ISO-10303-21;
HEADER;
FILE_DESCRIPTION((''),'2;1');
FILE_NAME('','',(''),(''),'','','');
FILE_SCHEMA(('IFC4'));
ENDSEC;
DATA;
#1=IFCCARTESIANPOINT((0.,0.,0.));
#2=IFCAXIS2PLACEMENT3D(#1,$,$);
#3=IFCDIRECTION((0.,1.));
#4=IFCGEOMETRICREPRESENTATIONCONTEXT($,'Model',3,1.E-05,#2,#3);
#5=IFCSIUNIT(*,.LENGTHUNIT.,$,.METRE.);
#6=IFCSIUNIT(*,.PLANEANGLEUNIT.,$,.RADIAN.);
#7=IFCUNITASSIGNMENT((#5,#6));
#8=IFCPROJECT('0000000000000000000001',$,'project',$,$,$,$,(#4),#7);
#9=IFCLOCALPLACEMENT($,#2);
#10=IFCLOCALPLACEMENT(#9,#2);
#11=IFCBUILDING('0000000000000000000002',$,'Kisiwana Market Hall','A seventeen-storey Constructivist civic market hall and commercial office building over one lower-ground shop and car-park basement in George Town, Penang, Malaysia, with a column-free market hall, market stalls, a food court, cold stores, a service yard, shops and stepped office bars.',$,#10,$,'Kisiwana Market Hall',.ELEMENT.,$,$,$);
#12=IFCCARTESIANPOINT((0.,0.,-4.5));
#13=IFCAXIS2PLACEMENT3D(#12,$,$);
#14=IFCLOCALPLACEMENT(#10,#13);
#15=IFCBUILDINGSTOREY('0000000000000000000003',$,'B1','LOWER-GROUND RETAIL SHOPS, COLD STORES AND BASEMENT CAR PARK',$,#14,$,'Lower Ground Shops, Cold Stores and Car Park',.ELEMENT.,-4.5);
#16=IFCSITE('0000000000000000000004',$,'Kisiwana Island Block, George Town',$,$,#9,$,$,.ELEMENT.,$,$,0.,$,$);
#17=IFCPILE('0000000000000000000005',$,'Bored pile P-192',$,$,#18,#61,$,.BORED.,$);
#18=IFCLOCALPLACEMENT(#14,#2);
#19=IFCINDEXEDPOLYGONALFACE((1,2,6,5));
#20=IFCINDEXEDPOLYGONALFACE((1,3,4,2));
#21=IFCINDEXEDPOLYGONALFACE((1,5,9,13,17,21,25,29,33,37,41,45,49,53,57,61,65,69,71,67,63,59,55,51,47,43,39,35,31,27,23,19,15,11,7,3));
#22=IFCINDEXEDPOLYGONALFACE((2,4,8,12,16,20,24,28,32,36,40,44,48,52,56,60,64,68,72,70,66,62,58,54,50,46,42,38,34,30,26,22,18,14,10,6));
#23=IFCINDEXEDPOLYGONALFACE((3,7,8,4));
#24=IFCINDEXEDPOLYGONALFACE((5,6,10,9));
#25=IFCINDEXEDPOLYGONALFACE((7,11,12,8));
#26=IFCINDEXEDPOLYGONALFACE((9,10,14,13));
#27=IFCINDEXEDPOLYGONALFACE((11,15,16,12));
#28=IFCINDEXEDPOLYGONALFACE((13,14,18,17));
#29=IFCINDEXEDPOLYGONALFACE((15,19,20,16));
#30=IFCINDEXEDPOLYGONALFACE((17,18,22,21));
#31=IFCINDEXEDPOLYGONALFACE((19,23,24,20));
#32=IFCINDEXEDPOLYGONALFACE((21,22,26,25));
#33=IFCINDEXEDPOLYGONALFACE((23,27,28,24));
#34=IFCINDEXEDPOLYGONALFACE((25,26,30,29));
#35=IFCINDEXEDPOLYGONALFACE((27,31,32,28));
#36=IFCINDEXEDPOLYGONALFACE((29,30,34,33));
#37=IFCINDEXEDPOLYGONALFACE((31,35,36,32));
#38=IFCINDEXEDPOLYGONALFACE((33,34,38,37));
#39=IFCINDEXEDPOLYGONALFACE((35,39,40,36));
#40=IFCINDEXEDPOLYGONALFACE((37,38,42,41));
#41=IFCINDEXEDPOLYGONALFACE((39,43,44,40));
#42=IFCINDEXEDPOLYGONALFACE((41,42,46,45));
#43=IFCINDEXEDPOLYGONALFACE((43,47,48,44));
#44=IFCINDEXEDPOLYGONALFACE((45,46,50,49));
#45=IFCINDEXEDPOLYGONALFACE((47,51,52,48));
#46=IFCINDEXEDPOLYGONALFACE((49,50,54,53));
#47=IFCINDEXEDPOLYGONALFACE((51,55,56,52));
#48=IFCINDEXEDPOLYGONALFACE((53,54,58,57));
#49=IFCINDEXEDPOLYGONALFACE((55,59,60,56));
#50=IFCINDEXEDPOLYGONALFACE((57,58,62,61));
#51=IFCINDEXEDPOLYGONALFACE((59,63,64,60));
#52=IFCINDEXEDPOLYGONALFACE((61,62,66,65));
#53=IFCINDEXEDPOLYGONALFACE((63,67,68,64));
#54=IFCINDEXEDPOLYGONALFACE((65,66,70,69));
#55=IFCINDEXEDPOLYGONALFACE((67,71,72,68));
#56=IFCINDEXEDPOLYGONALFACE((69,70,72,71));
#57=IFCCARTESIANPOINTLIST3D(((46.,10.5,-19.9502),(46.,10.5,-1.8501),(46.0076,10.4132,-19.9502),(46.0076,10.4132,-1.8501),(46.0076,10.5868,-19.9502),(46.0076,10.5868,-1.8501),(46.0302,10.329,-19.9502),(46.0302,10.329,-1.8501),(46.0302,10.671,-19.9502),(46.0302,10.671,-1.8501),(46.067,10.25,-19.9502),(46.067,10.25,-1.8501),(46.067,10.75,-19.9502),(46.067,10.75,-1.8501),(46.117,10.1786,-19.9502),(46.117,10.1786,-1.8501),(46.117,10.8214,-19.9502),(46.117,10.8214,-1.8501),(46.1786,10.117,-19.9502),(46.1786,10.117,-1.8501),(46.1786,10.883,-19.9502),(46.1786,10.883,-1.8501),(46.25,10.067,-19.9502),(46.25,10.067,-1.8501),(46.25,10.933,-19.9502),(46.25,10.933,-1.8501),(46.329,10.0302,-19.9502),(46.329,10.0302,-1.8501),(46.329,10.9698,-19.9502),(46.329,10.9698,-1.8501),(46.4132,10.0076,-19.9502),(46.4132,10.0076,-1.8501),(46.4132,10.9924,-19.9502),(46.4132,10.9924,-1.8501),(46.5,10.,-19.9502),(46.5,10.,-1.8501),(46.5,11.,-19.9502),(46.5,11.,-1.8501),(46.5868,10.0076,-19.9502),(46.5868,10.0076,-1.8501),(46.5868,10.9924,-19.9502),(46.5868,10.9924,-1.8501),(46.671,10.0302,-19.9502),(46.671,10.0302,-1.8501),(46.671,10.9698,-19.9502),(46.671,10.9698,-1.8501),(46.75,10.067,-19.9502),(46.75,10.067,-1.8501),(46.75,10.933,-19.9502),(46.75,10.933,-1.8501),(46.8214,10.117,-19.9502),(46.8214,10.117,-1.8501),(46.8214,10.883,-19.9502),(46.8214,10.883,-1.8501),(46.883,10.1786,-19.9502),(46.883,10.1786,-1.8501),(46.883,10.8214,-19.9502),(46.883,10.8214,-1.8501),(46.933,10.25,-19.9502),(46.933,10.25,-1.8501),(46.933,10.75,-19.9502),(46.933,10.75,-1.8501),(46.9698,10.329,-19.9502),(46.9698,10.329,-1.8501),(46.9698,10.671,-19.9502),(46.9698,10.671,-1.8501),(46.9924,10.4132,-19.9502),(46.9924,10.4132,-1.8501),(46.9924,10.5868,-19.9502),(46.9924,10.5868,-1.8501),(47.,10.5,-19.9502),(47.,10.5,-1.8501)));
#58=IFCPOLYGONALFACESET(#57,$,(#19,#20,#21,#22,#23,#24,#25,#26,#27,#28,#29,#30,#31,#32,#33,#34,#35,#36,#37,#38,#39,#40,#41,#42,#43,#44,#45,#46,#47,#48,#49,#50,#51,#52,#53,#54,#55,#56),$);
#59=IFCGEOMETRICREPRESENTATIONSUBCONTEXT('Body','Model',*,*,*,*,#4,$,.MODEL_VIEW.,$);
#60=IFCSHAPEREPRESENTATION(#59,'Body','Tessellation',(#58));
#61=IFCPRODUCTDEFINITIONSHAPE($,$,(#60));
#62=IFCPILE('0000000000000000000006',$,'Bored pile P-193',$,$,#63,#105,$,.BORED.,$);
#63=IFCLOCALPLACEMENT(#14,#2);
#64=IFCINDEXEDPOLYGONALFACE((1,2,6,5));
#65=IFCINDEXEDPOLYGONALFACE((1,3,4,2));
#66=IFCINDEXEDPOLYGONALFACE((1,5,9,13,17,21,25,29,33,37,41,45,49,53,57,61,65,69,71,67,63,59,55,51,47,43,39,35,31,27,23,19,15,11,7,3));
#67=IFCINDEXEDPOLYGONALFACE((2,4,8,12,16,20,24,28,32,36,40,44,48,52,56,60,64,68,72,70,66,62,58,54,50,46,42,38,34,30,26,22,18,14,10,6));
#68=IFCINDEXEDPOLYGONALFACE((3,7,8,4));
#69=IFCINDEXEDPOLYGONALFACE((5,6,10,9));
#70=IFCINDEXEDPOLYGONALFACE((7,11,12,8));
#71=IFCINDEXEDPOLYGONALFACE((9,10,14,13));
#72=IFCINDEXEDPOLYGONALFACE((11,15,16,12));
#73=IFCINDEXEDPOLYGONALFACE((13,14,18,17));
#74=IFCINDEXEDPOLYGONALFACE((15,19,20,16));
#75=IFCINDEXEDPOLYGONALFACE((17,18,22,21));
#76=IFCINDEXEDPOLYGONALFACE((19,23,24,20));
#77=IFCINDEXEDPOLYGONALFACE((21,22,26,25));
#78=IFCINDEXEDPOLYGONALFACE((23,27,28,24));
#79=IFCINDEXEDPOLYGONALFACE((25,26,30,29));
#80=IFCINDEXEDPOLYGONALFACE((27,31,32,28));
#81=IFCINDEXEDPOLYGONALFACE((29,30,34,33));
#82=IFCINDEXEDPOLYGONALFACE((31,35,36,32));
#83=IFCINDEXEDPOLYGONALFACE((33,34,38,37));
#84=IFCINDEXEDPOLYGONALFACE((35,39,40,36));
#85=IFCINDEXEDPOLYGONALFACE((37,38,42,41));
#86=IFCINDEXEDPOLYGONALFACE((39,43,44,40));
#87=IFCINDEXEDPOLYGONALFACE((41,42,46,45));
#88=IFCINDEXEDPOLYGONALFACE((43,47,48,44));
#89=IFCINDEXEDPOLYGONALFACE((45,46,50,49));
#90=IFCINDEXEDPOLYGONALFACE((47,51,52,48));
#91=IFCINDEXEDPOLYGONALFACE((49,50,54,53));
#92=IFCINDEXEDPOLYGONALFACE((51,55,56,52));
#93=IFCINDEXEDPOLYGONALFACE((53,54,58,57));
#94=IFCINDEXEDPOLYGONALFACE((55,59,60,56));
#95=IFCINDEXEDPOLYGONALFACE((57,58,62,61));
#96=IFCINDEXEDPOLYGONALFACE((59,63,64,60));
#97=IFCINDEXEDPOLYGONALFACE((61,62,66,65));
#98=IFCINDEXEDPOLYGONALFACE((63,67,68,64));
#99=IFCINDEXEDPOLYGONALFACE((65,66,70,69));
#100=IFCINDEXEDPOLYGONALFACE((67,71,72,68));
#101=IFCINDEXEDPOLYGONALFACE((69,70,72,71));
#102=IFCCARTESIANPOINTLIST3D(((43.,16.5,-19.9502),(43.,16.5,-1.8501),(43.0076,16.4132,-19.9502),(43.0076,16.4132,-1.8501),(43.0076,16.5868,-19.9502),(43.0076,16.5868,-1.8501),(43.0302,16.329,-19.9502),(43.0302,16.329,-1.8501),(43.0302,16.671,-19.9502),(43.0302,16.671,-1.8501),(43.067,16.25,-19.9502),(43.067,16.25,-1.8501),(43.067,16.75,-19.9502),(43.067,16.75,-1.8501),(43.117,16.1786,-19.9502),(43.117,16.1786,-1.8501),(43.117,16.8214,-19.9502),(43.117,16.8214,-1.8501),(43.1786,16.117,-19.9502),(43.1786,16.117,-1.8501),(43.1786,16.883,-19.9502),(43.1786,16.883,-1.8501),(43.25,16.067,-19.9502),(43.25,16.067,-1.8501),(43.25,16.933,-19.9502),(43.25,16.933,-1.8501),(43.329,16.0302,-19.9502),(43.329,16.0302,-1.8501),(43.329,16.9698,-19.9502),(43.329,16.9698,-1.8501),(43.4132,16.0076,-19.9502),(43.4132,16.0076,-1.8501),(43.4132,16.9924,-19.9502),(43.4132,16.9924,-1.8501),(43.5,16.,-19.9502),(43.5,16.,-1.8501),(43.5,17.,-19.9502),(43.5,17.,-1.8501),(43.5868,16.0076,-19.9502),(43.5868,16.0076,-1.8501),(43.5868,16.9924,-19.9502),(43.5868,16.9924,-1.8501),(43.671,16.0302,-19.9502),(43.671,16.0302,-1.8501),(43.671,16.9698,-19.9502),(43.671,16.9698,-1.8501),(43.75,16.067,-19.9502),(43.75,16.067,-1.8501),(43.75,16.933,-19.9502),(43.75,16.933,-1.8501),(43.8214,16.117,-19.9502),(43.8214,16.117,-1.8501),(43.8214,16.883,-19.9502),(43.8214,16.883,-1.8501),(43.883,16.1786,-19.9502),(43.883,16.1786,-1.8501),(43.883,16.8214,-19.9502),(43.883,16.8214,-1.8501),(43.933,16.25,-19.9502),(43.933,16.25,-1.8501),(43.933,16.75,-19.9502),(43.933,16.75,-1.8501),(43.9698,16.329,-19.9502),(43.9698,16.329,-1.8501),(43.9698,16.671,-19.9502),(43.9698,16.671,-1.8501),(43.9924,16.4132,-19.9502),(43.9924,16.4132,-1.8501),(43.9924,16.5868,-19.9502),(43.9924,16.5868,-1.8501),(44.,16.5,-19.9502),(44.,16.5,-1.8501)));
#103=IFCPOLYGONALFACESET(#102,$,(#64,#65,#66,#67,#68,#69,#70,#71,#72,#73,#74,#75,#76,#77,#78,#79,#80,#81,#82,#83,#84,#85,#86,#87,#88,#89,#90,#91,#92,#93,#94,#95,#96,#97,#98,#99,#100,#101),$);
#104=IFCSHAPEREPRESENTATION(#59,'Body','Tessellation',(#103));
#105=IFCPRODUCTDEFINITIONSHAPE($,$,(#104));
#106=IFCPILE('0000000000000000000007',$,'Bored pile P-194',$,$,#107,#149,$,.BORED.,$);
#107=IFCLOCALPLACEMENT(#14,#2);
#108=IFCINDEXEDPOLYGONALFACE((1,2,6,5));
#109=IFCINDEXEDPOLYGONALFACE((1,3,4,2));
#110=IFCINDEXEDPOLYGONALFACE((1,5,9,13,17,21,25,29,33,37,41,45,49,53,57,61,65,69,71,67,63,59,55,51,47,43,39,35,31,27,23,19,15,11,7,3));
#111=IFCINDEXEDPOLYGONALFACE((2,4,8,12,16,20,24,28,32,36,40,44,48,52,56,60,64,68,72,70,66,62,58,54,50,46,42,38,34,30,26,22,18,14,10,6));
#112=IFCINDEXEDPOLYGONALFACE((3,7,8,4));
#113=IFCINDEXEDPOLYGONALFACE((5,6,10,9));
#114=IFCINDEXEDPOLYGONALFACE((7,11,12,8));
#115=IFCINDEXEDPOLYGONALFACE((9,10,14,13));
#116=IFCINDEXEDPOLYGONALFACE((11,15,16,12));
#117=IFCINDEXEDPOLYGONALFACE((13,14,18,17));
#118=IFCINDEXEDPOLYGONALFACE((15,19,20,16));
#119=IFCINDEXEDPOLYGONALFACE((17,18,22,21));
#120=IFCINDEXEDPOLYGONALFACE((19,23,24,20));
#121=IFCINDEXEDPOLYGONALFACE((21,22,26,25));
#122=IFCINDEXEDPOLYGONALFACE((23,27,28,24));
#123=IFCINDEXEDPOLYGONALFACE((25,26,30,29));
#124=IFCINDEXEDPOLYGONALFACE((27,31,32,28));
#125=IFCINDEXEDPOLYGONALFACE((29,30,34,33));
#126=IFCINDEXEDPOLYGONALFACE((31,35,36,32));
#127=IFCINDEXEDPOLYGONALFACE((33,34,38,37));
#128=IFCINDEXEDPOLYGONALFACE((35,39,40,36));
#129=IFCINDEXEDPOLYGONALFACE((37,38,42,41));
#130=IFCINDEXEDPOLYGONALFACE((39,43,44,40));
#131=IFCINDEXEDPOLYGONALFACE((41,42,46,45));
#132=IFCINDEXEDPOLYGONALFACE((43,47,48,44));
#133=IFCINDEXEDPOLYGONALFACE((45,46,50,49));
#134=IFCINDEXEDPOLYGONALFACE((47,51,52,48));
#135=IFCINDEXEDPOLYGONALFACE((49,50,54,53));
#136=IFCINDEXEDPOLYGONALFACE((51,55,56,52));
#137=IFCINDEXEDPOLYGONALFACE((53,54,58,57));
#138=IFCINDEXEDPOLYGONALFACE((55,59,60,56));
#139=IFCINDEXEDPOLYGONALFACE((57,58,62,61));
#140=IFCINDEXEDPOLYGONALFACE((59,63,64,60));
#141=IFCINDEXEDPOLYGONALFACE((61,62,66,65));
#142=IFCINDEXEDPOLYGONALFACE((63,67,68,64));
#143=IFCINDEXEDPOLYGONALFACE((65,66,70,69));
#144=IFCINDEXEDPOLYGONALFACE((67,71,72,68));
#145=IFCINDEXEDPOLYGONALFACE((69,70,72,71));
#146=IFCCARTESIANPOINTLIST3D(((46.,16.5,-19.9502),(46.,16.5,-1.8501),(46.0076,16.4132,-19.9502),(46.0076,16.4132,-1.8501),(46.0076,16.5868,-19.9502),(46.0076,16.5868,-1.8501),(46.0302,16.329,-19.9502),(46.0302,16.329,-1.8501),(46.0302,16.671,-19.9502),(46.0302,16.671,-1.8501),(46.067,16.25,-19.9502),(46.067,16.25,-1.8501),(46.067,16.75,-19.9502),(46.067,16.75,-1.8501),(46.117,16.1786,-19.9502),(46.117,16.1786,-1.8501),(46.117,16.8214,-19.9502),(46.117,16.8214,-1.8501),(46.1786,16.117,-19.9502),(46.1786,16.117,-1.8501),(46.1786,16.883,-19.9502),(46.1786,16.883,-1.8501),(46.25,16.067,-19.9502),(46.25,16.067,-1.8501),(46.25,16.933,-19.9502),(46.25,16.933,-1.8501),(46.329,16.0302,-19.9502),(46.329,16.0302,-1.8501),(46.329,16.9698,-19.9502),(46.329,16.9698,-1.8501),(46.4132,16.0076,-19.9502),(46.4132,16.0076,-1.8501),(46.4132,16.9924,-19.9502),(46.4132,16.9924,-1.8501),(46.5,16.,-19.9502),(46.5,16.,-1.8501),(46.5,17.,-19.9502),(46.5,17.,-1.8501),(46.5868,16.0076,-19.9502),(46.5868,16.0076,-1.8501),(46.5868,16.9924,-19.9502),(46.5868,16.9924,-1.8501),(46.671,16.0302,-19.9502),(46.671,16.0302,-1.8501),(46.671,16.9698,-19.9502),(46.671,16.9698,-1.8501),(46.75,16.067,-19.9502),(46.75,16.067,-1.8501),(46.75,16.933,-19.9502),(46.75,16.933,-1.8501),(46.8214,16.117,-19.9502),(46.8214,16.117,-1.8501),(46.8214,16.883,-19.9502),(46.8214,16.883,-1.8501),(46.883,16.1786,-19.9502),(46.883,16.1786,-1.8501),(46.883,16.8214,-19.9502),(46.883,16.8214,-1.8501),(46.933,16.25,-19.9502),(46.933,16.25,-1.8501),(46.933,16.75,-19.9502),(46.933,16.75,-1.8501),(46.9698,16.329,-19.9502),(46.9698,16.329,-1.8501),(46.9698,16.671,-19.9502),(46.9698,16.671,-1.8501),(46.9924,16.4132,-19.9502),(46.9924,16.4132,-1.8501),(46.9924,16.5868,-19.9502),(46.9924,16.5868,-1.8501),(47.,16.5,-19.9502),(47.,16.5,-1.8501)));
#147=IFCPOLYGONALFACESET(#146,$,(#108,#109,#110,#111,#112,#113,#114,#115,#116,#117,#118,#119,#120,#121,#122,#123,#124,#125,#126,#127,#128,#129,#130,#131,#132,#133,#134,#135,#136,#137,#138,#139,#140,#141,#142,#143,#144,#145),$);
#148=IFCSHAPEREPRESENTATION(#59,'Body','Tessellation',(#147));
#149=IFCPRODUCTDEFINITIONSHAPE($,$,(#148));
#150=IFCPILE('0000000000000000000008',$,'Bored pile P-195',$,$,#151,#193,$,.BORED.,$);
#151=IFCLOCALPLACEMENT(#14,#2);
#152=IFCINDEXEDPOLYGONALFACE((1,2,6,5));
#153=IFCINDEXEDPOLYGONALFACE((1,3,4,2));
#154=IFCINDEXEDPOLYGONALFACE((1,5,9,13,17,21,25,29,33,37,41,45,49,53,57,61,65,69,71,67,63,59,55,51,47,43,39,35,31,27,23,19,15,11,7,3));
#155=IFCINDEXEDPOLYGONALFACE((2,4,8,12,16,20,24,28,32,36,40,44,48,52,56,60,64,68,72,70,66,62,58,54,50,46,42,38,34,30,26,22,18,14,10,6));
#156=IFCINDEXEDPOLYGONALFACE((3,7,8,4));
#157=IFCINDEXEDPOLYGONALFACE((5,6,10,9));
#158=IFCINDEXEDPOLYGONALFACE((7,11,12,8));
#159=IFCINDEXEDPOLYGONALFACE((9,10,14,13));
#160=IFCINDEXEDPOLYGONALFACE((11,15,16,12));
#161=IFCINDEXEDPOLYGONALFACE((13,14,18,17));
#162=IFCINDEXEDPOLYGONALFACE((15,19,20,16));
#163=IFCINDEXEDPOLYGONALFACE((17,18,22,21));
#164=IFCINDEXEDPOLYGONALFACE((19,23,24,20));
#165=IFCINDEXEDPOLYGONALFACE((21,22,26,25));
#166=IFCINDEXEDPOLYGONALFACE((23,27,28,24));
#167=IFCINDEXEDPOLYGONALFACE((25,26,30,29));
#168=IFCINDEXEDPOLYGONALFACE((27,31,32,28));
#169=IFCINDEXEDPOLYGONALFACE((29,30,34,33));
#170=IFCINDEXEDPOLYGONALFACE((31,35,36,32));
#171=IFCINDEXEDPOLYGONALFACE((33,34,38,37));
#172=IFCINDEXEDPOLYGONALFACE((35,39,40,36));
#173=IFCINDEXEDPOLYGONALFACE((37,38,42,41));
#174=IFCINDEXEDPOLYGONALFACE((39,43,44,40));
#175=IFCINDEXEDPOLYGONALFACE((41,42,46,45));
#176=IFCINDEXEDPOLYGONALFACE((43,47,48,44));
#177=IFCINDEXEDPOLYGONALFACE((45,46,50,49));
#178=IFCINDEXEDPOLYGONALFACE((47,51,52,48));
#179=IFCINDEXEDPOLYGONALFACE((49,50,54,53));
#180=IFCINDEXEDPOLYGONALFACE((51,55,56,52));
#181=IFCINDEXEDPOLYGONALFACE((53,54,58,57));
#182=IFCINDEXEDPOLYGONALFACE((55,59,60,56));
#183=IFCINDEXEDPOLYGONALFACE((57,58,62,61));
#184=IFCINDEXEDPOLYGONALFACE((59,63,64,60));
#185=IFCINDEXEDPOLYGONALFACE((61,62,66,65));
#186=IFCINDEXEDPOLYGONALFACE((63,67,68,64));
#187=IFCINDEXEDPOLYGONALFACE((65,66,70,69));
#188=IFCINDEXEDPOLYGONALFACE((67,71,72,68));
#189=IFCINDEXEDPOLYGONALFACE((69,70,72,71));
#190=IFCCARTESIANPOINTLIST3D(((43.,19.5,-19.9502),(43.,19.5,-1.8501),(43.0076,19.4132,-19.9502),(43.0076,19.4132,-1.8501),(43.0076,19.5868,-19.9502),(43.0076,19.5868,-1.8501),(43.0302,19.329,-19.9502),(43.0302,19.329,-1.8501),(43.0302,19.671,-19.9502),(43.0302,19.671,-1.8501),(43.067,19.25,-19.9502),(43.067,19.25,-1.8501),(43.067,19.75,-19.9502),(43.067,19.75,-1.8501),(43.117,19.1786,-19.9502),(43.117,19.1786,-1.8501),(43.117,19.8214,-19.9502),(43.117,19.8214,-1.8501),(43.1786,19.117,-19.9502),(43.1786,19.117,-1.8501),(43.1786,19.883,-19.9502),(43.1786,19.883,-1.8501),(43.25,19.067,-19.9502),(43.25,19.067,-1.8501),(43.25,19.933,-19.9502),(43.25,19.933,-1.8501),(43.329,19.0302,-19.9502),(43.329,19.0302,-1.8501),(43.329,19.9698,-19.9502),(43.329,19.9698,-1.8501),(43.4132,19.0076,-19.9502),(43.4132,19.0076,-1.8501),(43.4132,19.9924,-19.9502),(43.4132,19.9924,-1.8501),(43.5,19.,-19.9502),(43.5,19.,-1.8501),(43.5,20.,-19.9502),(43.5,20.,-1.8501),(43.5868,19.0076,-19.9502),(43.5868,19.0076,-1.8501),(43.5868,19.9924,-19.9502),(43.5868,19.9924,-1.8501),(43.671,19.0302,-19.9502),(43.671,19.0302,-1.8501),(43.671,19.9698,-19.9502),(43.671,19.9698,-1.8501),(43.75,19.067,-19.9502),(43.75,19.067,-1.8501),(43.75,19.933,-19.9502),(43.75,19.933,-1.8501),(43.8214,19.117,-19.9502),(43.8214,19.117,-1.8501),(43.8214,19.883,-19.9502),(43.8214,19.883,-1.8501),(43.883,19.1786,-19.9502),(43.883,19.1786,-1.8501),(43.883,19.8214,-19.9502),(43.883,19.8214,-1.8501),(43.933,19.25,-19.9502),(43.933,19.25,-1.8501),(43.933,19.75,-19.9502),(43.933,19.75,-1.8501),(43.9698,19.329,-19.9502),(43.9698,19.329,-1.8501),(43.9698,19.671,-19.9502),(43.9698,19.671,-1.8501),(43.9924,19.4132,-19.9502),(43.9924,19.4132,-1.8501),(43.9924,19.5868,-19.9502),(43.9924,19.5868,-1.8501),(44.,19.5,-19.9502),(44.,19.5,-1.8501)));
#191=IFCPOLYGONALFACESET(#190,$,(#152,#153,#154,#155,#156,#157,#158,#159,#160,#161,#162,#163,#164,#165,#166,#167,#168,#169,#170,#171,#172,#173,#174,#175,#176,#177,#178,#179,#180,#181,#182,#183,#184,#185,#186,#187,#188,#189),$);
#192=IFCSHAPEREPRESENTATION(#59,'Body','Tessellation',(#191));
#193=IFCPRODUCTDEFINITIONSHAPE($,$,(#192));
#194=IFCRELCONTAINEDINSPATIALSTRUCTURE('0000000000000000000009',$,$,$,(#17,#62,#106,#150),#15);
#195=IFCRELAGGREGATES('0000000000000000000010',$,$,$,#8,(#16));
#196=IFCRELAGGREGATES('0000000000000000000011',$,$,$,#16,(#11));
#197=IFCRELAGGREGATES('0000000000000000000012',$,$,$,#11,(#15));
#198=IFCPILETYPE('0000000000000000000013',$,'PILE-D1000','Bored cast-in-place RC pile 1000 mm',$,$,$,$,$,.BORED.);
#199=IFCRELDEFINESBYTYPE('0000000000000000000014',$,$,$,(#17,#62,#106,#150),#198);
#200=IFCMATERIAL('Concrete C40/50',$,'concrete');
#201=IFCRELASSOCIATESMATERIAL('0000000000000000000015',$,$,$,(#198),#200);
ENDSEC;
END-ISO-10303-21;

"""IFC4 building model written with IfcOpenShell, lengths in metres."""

from ifc_helpers import new_model, si_unit, direction, frame, origin, origin_2d, place, context, subcontext, project, spatial, circle, extrude, material, material_profile, profile_set, type_object, element, save


model = new_model("IFC4")

# Units and contexts
model_context = context("Model", 3, precision=1e-05, world=origin(), true_north=direction((0.0, 1.0)))
body_context = subcontext(model_context, "Body", "Model", "MODEL_VIEW")
ifc_project = project(units=[si_unit("LENGTHUNIT", "METRE"), si_unit("PLANEANGLEUNIT", "RADIAN")], contexts=[model_context])

# Site, building, storey
site_placement = place(None, origin())
site = spatial("IfcSite", under=ifc_project, at=site_placement, Name="Kisiwana Island Block, George Town", CompositionType="ELEMENT", RefElevation=0.0)
building_placement = place(site_placement, origin())
building = spatial("IfcBuilding", under=site, at=building_placement, Name="Kisiwana Market Hall", Description="A seventeen-storey Constructivist civic market hall and commercial office building over one lower-ground shop and car-park basement in George Town, Penang, Malaysia, with a column-free market hall, market stalls, a food court, cold stores, a service yard, shops and stepped office bars.", LongName="Kisiwana Market Hall", CompositionType="ELEMENT")
storey_placement = place(building_placement, frame((0.0, 0.0, -4.5)))
storey = spatial("IfcBuildingStorey", under=building, at=storey_placement, Name="B1", Description="LOWER-GROUND RETAIL SHOPS, COLD STORES AND BASEMENT CAR PARK", LongName="Lower Ground Shops, Cold Stores and Car Park", CompositionType="ELEMENT", Elevation=-4.5)

# Piles
ifc_material_1 = material(Name="Concrete C40/50", Category="concrete")
ifc_material_profile_1 = material_profile(ifc_material_1, circle(Radius=0.5, at=origin_2d()), Name="BP D1000")
ifc_profile_set_1 = profile_set([ifc_material_profile_1], Name="Concrete C40/50")
pile_type_1 = type_object("IfcPileType", Name="PILE-D1000", Description="Bored cast-in-place RC pile 1000 mm", PredefinedType="BORED", material=ifc_profile_set_1)
for number, where, z_axis, x_axis, name in (
    (1, (46.5, 10.5, -1.8501), (0.0, 0.0, -1.0), (1.0, 0.0, 0.0), "Bored pile P-192"),
    (2, (43.5, 16.5, -1.8501), (0.0, 0.0, -1.0), (1.0, 0.0, 0.0), "Bored pile P-193"),
    (3, (46.5, 16.5, -1.8501), (0.0, 0.0, -1.0), (1.0, 0.0, 0.0), "Bored pile P-194"),
    (4, (43.5, 19.5, -1.8501), (0.0, 0.0, -1.0), (1.0, 0.0, 0.0), "Bored pile P-195"),
):
    element("IfcPile", number, at=place(storey_placement, frame(where, z_axis=z_axis, x_axis=x_axis)), inside=storey, type_object=pile_type_1, Name=name, PredefinedType="BORED", context=body_context, shape_type="SweptSolid", body=[
        extrude(circle(Radius=0.5, at=origin_2d()), origin(), (0.0, 0.0, 1.0), 18.1001),
    ])

save(model, "model.ifc")
